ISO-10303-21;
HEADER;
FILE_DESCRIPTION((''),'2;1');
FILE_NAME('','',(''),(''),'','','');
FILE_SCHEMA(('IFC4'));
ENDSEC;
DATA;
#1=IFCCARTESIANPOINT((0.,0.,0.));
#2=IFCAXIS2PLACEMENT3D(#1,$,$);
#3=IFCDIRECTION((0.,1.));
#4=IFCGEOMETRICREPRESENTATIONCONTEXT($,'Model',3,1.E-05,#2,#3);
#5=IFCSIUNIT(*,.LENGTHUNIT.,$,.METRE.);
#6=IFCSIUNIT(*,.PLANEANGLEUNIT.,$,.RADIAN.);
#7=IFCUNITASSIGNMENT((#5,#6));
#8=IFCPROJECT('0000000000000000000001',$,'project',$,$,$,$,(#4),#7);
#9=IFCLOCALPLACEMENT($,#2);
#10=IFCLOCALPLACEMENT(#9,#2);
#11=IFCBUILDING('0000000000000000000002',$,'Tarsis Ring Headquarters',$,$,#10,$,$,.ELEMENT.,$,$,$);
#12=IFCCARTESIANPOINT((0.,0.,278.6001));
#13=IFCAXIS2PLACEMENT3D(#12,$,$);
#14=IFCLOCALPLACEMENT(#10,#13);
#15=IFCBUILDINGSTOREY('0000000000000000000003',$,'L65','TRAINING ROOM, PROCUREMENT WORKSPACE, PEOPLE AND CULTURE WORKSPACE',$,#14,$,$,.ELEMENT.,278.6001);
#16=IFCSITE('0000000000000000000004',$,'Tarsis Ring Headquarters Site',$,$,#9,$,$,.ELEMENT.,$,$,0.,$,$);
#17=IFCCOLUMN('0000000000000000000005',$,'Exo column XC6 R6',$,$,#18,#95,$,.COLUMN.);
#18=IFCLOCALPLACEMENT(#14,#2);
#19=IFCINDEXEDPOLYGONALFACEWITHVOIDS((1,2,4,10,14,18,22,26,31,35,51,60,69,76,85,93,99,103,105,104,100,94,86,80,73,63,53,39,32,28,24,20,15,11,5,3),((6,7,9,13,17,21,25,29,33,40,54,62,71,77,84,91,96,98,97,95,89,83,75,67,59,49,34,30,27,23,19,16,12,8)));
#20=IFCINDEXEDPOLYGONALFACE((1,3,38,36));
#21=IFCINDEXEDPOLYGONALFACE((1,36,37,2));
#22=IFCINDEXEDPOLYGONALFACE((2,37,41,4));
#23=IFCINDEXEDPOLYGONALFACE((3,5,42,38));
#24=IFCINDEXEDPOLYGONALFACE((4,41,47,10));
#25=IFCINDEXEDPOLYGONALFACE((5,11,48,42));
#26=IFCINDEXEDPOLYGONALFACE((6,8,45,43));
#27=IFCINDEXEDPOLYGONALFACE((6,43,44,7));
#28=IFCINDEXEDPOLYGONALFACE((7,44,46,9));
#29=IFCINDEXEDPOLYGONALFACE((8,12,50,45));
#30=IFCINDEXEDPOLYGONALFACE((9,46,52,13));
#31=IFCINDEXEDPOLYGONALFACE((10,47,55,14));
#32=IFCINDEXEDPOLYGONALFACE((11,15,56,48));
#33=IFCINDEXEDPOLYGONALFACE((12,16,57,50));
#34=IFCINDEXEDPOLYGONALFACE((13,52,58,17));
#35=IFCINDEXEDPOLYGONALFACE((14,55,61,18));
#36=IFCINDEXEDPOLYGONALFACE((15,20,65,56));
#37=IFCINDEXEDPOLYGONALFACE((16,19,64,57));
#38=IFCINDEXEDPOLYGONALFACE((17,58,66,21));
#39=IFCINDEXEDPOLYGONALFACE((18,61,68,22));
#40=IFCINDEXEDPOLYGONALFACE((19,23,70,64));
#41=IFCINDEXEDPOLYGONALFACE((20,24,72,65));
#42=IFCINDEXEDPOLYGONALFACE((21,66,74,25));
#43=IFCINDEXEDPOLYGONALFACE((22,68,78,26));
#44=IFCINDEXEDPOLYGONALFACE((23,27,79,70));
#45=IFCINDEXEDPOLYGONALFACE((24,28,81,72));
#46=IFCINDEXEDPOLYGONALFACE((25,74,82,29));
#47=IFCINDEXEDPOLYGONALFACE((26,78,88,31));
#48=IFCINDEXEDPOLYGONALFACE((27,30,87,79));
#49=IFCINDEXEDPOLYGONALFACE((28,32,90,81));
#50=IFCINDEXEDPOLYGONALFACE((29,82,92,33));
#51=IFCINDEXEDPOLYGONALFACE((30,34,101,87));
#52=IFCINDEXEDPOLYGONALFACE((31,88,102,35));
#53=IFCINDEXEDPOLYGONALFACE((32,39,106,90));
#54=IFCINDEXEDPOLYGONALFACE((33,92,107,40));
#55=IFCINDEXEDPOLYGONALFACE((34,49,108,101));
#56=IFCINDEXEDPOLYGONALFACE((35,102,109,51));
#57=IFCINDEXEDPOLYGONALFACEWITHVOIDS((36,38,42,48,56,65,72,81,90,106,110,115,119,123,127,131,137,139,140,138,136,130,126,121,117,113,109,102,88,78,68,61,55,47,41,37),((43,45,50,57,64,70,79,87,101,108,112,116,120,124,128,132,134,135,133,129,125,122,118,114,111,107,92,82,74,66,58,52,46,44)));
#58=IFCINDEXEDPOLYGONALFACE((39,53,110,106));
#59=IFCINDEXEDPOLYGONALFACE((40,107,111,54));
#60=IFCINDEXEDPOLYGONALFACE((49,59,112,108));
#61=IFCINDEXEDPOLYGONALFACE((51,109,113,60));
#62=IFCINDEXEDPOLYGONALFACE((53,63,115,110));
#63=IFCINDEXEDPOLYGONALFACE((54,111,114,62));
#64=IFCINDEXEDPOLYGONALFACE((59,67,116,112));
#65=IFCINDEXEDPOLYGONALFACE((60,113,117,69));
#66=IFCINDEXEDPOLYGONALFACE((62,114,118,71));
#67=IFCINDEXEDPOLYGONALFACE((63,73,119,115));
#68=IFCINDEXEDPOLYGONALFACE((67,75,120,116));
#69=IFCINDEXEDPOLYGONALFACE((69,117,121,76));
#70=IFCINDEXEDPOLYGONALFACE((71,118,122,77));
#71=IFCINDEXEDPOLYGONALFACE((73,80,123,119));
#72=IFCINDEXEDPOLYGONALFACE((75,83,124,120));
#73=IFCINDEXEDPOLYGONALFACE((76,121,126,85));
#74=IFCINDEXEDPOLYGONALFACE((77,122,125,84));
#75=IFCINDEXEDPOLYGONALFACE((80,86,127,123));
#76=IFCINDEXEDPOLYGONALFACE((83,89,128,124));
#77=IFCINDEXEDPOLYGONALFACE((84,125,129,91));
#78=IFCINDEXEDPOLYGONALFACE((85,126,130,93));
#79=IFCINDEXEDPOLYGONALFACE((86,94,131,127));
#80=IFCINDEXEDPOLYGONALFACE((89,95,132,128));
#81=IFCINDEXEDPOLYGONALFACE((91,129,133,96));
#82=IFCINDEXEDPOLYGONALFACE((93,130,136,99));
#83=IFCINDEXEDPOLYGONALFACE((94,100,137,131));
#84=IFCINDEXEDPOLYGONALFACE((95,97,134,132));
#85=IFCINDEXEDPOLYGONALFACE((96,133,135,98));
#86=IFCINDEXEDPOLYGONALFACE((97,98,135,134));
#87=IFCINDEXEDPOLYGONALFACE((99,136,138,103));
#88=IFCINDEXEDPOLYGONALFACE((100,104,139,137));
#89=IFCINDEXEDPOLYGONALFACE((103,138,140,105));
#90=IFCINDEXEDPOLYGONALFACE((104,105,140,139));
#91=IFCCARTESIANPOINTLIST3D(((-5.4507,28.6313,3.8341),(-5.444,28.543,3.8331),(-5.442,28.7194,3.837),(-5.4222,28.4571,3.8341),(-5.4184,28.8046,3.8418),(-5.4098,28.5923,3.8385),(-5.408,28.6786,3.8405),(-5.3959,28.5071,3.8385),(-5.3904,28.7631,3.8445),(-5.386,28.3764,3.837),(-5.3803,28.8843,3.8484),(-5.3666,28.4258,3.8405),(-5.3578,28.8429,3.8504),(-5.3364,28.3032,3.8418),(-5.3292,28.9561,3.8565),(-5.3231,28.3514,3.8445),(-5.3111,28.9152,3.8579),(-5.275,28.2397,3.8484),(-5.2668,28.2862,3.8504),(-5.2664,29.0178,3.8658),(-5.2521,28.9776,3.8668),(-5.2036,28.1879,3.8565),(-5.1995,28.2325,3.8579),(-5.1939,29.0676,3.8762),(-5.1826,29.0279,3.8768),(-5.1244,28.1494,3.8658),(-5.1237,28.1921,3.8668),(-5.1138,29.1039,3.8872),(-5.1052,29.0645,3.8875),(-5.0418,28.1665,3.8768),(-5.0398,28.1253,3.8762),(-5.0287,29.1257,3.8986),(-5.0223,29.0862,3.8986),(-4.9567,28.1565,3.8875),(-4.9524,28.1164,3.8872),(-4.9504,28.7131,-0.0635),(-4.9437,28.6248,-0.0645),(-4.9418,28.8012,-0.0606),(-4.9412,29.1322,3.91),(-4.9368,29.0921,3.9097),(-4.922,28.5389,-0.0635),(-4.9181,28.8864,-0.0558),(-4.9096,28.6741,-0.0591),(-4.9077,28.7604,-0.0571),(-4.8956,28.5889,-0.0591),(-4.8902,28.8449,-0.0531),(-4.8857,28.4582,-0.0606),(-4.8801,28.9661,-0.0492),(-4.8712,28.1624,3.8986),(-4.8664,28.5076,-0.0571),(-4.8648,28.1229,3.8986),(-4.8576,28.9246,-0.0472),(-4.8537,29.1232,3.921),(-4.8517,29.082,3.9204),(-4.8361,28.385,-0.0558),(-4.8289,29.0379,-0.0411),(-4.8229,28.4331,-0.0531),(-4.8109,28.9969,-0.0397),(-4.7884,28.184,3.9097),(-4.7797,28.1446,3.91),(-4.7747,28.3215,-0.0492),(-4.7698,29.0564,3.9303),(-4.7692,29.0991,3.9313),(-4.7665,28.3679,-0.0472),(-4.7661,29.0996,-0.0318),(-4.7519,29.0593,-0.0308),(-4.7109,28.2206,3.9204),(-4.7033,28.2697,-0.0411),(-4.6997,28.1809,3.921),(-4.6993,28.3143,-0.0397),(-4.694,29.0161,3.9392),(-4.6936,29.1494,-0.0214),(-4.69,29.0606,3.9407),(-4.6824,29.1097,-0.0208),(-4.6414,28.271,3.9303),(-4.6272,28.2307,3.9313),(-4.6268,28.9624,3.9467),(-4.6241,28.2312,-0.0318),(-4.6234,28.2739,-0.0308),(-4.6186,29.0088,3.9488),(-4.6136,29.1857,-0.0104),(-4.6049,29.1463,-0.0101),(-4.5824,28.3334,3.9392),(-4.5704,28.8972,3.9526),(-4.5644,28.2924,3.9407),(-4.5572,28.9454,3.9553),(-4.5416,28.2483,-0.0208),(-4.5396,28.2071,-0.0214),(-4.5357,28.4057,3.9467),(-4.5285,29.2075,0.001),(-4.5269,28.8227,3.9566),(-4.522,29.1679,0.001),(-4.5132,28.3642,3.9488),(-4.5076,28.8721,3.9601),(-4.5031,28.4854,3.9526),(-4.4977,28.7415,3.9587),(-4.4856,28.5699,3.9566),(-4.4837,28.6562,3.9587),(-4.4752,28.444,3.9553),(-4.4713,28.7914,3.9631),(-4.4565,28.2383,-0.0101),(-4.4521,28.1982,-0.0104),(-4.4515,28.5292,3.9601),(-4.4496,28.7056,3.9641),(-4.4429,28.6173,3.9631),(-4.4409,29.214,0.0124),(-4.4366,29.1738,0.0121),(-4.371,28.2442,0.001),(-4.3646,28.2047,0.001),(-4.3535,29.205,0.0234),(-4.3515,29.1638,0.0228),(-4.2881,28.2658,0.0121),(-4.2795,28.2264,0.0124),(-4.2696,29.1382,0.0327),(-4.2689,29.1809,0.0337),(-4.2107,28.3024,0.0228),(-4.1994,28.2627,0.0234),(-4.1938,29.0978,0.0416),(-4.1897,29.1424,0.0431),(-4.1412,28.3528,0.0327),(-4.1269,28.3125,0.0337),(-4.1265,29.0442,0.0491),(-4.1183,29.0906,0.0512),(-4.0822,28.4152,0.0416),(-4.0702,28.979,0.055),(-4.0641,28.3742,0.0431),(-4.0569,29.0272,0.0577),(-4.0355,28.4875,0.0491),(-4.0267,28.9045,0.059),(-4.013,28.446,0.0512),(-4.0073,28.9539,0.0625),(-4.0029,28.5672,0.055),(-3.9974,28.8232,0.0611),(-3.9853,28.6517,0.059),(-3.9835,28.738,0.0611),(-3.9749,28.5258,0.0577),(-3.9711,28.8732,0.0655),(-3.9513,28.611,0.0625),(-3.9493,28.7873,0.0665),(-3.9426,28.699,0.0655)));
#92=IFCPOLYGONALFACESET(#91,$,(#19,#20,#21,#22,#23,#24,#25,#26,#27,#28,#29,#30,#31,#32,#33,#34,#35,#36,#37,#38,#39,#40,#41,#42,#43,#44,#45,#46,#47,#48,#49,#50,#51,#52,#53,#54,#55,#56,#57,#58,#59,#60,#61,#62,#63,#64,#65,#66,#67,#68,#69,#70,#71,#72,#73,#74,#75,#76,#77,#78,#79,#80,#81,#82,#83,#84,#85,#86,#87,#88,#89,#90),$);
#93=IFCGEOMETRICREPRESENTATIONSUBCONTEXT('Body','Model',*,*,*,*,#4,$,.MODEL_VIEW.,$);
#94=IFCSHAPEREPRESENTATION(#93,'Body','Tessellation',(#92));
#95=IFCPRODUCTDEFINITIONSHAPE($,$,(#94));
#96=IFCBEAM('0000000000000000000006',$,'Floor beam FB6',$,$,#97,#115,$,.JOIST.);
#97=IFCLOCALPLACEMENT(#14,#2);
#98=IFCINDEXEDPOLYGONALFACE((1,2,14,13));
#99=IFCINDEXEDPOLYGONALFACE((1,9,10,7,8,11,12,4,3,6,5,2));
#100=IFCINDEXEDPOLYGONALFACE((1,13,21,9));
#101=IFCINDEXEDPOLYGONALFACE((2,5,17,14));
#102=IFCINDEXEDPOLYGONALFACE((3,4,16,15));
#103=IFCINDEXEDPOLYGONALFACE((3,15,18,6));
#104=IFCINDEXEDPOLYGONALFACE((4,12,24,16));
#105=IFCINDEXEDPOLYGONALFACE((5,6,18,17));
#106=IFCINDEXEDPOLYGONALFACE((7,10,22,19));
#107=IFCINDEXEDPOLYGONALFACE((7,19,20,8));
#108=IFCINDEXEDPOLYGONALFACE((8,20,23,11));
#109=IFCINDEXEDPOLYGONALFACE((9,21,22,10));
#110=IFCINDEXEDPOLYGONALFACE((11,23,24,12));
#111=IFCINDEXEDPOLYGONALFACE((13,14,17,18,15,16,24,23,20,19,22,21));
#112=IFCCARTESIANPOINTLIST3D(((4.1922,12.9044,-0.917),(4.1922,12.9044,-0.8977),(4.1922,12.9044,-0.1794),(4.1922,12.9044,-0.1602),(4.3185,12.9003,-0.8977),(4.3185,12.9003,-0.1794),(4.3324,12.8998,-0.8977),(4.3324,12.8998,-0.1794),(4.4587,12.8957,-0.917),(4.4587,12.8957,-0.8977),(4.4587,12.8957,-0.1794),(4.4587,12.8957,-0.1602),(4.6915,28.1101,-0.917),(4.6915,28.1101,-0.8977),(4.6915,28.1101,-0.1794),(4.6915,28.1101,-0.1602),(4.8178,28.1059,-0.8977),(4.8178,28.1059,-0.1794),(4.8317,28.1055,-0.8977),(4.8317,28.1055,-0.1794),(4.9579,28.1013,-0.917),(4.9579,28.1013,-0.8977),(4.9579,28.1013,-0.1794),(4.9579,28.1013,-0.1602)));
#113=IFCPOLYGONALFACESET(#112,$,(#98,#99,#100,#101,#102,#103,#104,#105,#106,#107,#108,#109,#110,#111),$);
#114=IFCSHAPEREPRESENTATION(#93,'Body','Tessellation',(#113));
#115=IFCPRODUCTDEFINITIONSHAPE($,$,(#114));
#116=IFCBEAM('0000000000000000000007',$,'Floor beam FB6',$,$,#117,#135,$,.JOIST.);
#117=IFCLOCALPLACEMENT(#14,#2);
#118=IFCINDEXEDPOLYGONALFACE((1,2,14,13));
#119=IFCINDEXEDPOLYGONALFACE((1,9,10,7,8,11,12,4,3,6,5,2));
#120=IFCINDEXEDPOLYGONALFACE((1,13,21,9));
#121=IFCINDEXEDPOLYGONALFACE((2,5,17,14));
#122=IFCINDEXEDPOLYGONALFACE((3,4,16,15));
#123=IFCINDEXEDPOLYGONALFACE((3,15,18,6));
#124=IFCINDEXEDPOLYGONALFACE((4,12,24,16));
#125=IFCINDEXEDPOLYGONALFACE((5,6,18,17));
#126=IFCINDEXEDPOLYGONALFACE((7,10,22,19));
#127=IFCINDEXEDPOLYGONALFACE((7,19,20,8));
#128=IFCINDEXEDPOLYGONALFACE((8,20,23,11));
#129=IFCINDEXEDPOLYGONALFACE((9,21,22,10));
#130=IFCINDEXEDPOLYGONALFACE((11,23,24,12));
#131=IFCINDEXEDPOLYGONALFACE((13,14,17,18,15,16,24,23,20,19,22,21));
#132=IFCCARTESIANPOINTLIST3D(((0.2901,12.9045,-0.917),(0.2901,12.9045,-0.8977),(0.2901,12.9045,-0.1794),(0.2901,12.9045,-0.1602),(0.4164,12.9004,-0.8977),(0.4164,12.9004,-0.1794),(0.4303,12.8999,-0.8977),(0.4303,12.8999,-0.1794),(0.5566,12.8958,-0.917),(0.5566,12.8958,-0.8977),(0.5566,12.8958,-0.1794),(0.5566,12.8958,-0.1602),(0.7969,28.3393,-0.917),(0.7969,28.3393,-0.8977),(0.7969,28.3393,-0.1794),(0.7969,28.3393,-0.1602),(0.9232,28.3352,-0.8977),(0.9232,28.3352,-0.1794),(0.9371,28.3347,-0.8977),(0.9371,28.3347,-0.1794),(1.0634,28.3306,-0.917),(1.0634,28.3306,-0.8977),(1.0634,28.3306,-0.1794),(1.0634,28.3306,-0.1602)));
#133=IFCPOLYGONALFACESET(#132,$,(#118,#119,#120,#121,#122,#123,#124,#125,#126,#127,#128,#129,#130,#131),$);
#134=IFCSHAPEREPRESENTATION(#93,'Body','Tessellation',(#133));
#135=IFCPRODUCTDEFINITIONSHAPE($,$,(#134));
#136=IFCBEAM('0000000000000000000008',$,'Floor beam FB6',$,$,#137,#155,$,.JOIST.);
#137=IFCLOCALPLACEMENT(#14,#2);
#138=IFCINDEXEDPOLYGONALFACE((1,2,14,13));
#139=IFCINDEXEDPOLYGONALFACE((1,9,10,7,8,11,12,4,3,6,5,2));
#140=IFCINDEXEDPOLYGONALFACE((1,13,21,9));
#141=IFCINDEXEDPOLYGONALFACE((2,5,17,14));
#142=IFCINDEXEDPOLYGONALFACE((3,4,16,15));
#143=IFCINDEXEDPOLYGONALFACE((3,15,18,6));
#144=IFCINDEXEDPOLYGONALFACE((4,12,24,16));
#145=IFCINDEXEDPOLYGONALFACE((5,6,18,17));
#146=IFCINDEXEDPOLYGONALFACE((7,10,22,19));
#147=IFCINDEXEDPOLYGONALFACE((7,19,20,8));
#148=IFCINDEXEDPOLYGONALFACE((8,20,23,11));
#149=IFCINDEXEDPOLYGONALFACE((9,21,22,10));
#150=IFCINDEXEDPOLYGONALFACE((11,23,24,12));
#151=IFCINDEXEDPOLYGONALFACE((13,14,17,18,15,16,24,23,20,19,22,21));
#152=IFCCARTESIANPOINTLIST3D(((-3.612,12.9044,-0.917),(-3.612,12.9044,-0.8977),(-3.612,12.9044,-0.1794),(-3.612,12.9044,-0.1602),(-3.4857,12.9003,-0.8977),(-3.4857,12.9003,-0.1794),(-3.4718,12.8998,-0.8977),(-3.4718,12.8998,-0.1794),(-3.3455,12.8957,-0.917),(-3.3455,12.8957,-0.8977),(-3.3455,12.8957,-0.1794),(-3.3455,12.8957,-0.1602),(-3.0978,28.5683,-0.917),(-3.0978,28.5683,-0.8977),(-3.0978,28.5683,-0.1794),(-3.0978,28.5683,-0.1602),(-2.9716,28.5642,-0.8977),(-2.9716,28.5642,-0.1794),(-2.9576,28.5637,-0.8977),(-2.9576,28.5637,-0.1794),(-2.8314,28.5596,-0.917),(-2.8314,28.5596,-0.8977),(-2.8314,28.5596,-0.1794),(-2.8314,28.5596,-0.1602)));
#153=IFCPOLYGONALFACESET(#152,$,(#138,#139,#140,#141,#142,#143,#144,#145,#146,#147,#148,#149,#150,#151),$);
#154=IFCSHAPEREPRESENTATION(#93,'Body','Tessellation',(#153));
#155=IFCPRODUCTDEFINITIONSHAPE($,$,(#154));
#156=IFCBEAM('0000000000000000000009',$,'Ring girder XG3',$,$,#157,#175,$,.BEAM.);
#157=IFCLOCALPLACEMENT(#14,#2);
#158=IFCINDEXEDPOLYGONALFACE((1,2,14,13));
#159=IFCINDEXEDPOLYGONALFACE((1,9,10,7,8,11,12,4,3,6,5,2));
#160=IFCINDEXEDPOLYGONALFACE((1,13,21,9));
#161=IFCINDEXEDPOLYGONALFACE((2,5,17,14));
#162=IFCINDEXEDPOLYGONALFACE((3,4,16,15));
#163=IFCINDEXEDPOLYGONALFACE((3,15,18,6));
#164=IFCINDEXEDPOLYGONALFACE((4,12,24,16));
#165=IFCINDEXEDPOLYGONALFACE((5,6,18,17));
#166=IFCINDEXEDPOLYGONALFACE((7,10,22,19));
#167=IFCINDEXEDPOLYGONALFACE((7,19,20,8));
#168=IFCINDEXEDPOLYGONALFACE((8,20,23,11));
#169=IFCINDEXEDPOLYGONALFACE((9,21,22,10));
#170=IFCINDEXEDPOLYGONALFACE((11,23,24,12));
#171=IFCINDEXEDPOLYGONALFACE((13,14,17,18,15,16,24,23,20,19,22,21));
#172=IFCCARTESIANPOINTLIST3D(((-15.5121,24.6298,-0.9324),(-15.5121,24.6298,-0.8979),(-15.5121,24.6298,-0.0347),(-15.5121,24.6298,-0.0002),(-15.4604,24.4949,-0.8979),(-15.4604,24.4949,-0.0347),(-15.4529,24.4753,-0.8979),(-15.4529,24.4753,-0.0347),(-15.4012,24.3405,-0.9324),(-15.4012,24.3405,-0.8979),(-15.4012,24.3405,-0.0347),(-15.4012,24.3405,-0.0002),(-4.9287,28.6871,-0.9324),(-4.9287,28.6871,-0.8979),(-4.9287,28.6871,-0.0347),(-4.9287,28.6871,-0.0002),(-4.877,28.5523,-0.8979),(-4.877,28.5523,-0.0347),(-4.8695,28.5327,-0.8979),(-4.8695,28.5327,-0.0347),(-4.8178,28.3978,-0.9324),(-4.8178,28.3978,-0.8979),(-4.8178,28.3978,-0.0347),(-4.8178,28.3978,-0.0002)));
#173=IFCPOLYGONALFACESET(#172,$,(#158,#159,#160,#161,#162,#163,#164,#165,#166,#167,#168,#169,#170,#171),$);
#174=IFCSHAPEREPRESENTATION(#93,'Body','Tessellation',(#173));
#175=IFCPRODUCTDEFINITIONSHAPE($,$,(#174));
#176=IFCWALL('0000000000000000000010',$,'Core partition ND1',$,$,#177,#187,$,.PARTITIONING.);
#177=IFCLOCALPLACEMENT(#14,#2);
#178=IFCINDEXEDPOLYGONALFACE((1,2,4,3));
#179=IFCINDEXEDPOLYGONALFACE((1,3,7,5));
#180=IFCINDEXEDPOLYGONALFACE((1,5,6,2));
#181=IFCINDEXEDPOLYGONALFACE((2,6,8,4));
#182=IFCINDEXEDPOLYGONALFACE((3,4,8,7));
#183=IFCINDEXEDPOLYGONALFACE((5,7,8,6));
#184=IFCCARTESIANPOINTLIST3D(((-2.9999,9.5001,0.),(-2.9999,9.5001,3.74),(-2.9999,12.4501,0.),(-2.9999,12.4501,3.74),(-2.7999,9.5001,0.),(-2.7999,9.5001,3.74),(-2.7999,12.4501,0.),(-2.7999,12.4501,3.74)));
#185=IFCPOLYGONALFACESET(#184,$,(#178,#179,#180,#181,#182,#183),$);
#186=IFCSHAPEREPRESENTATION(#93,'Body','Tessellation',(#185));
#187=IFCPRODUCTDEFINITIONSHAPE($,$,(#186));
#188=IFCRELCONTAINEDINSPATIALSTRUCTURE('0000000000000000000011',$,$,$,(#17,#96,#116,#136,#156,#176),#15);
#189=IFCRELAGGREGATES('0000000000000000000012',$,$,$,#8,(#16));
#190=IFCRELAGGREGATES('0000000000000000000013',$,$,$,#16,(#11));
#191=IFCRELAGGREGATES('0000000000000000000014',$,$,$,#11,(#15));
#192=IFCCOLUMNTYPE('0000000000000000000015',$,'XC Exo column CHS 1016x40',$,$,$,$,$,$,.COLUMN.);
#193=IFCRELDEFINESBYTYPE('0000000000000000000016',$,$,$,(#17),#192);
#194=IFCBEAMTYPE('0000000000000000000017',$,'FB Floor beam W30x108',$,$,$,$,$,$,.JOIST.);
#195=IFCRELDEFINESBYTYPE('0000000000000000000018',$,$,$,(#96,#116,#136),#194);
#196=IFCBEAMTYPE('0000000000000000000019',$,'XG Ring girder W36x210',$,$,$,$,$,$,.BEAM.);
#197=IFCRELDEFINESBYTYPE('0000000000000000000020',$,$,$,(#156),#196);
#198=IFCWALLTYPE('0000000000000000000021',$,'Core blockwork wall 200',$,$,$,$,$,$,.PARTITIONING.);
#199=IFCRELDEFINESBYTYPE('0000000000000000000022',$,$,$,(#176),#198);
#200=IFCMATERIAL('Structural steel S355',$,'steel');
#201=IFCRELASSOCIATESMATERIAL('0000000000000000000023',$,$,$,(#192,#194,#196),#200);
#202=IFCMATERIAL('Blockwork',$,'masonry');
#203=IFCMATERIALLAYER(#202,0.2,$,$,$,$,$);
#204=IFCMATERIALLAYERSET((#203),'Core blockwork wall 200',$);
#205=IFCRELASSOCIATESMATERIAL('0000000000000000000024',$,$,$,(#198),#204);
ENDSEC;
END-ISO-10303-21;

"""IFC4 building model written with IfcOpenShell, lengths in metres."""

from ifc_helpers import new_model, si_unit, direction, frame, frame_2d, origin, origin_2d, place, context, subcontext, project, spatial, rectangle, hollow_circle, i_section, extrude, material, layer, layer_set, material_profile, profile_set, type_object, element, save


model = new_model("IFC4")

# Units and contexts
model_context = context("Model", 3, precision=1e-05, world=origin(), true_north=direction((0.0, 1.0)))
body_context = subcontext(model_context, "Body", "Model", "MODEL_VIEW")
ifc_project = project(units=[si_unit("LENGTHUNIT", "METRE"), si_unit("PLANEANGLEUNIT", "RADIAN")], contexts=[model_context])

# Site, building, storey
site_placement = place(None, origin())
site = spatial("IfcSite", under=ifc_project, at=site_placement, Name="Tarsis Ring Headquarters Site", CompositionType="ELEMENT", RefElevation=0.0)
building_placement = place(site_placement, origin())
building = spatial("IfcBuilding", under=site, at=building_placement, Name="Tarsis Ring Headquarters", CompositionType="ELEMENT")
storey_placement = place(building_placement, frame((0.0, 0.0, 278.6001)))
storey = spatial("IfcBuildingStorey", under=building, at=storey_placement, Name="L65", Description="TRAINING ROOM, PROCUREMENT WORKSPACE, PEOPLE AND CULTURE WORKSPACE", CompositionType="ELEMENT", Elevation=278.6001)

# Column
ifc_material_1 = material(Name="Structural steel S355", Category="steel")
ifc_material_profile_1 = material_profile(ifc_material_1, hollow_circle(Radius=0.5081, WallThickness=0.04, at=origin_2d()), Name="CHS 1016x40")
ifc_profile_set_1 = profile_set([ifc_material_profile_1], Name="Structural steel S355")
column_type = type_object("IfcColumnType", Name="XC Exo column CHS 1016x40", PredefinedType="COLUMN", material=ifc_profile_set_1)
column_placement = place(storey_placement, frame((-4.4465, 28.7061, 0.001), z_axis=(-0.127272, -0.020808, 0.99165), x_axis=(0.161352, -0.986897, 0.0)))
element("IfcColumn", 1, at=column_placement, inside=storey, type_object=column_type, Name="Exo column XC6 R6", PredefinedType="COLUMN", context=body_context, shape_type="SweptSolid", body=[
    extrude(hollow_circle(Radius=0.5081, WallThickness=0.04, at=origin_2d()), origin(), (0.0, 0.0, 1.0), 3.9304),
])

# Beams
ifc_material_profile_2 = material_profile(ifc_material_1, i_section(OverallWidth=0.2666, OverallDepth=0.7568, WebThickness=0.0139, FlangeThickness=0.0193, at=origin_2d()), Name="W30x108")
ifc_profile_set_2 = profile_set([ifc_material_profile_2], Name="Structural steel S355")
beam_type_1 = type_object("IfcBeamType", Name="FB Floor beam W30x108", PredefinedType="JOIST", material=ifc_profile_set_2)
beam_1_placement = place(storey_placement, frame((4.8247, 28.1057, -0.5386), z_axis=(-0.032817, -0.999461, 0.0), x_axis=(0.999461, -0.032817, 0.0)))
element("IfcBeam", 2, at=beam_1_placement, inside=storey, type_object=beam_type_1, Name="Floor beam FB6", PredefinedType="JOIST", context=body_context, shape_type="SweptSolid", body=[
    extrude(i_section(OverallWidth=0.2666, OverallDepth=0.7568, WebThickness=0.0139, FlangeThickness=0.0193, at=origin_2d()), origin(), (0.0, 0.0, 1.0), 15.2139),
])
beam_2_placement = place(storey_placement, frame((0.9302, 28.335, -0.5386), z_axis=(-0.03282, -0.999461, 0.0), x_axis=(0.999461, -0.03282, 0.0)))
element("IfcBeam", 3, at=beam_2_placement, inside=storey, type_object=beam_type_1, Name="Floor beam FB6", PredefinedType="JOIST", context=body_context, shape_type="SweptSolid", body=[
    extrude(i_section(OverallWidth=0.2666, OverallDepth=0.7568, WebThickness=0.0139, FlangeThickness=0.0193, at=origin_2d()), origin(), (0.0, 0.0, 1.0), 15.4431),
])
beam_3_placement = place(storey_placement, frame((-2.9646, 28.564, -0.5386), z_axis=(-0.032807, -0.999462, 0.0), x_axis=(0.999462, -0.032807, 0.0)))
element("IfcBeam", 4, at=beam_3_placement, inside=storey, type_object=beam_type_1, Name="Floor beam FB6", PredefinedType="JOIST", context=body_context, shape_type="SweptSolid", body=[
    extrude(i_section(OverallWidth=0.2666, OverallDepth=0.7568, WebThickness=0.0139, FlangeThickness=0.0193, at=origin_2d()), origin(), (0.0, 0.0, 1.0), 15.6724),
])
ifc_material_profile_3 = material_profile(ifc_material_1, i_section(OverallWidth=0.3098, OverallDepth=0.9321, WebThickness=0.021, FlangeThickness=0.0344, at=origin_2d()), Name="W36x210")
ifc_profile_set_3 = profile_set([ifc_material_profile_3], Name="Structural steel S355")
beam_type_2 = type_object("IfcBeamType", Name="XG Ring girder W36x210", PredefinedType="BEAM", material=ifc_profile_set_3)
beam_4_placement = place(storey_placement, frame((-4.8733, 28.5425, -0.4663), z_axis=(-0.933735, -0.357964, 0.0), x_axis=(0.357964, -0.933735, 0.0)))
element("IfcBeam", 5, at=beam_4_placement, inside=storey, type_object=beam_type_2, Name="Ring girder XG3", PredefinedType="BEAM", context=body_context, shape_type="SweptSolid", body=[
    extrude(i_section(OverallWidth=0.3098, OverallDepth=0.9321, WebThickness=0.021, FlangeThickness=0.0344, at=origin_2d()), origin(), (0.0, 0.0, 1.0), 11.3345),
])

# Wall
ifc_material_2 = material(Name="Blockwork", Category="masonry")
ifc_layer_1 = layer(ifc_material_2, 0.2)
ifc_layer_set_1 = layer_set([ifc_layer_1], Name="Core blockwork wall 200")
wall_type_1 = type_object("IfcWallType", Name="Core blockwork wall 200", PredefinedType="PARTITIONING", material=ifc_layer_set_1)
for number, where, z_axis, x_axis, name in (
    (6, (-2.8999, 9.5, 0.0), (0.0, 0.0, 1.0), (0.0, 1.0, 0.0), "Core partition ND1"),
):
    element("IfcWall", number, at=place(storey_placement, frame(where, z_axis=z_axis, x_axis=x_axis)), inside=storey, type_object=wall_type_1, Name=name, PredefinedType="PARTITIONING", context=body_context, shape_type="SweptSolid", body=[
        extrude(rectangle(XDim=2.95, YDim=0.2, at=frame_2d((1.4751, 0.0))), origin(), (0.0, 0.0, 1.0), 3.74),
    ])

save(model, "model.ifc")
